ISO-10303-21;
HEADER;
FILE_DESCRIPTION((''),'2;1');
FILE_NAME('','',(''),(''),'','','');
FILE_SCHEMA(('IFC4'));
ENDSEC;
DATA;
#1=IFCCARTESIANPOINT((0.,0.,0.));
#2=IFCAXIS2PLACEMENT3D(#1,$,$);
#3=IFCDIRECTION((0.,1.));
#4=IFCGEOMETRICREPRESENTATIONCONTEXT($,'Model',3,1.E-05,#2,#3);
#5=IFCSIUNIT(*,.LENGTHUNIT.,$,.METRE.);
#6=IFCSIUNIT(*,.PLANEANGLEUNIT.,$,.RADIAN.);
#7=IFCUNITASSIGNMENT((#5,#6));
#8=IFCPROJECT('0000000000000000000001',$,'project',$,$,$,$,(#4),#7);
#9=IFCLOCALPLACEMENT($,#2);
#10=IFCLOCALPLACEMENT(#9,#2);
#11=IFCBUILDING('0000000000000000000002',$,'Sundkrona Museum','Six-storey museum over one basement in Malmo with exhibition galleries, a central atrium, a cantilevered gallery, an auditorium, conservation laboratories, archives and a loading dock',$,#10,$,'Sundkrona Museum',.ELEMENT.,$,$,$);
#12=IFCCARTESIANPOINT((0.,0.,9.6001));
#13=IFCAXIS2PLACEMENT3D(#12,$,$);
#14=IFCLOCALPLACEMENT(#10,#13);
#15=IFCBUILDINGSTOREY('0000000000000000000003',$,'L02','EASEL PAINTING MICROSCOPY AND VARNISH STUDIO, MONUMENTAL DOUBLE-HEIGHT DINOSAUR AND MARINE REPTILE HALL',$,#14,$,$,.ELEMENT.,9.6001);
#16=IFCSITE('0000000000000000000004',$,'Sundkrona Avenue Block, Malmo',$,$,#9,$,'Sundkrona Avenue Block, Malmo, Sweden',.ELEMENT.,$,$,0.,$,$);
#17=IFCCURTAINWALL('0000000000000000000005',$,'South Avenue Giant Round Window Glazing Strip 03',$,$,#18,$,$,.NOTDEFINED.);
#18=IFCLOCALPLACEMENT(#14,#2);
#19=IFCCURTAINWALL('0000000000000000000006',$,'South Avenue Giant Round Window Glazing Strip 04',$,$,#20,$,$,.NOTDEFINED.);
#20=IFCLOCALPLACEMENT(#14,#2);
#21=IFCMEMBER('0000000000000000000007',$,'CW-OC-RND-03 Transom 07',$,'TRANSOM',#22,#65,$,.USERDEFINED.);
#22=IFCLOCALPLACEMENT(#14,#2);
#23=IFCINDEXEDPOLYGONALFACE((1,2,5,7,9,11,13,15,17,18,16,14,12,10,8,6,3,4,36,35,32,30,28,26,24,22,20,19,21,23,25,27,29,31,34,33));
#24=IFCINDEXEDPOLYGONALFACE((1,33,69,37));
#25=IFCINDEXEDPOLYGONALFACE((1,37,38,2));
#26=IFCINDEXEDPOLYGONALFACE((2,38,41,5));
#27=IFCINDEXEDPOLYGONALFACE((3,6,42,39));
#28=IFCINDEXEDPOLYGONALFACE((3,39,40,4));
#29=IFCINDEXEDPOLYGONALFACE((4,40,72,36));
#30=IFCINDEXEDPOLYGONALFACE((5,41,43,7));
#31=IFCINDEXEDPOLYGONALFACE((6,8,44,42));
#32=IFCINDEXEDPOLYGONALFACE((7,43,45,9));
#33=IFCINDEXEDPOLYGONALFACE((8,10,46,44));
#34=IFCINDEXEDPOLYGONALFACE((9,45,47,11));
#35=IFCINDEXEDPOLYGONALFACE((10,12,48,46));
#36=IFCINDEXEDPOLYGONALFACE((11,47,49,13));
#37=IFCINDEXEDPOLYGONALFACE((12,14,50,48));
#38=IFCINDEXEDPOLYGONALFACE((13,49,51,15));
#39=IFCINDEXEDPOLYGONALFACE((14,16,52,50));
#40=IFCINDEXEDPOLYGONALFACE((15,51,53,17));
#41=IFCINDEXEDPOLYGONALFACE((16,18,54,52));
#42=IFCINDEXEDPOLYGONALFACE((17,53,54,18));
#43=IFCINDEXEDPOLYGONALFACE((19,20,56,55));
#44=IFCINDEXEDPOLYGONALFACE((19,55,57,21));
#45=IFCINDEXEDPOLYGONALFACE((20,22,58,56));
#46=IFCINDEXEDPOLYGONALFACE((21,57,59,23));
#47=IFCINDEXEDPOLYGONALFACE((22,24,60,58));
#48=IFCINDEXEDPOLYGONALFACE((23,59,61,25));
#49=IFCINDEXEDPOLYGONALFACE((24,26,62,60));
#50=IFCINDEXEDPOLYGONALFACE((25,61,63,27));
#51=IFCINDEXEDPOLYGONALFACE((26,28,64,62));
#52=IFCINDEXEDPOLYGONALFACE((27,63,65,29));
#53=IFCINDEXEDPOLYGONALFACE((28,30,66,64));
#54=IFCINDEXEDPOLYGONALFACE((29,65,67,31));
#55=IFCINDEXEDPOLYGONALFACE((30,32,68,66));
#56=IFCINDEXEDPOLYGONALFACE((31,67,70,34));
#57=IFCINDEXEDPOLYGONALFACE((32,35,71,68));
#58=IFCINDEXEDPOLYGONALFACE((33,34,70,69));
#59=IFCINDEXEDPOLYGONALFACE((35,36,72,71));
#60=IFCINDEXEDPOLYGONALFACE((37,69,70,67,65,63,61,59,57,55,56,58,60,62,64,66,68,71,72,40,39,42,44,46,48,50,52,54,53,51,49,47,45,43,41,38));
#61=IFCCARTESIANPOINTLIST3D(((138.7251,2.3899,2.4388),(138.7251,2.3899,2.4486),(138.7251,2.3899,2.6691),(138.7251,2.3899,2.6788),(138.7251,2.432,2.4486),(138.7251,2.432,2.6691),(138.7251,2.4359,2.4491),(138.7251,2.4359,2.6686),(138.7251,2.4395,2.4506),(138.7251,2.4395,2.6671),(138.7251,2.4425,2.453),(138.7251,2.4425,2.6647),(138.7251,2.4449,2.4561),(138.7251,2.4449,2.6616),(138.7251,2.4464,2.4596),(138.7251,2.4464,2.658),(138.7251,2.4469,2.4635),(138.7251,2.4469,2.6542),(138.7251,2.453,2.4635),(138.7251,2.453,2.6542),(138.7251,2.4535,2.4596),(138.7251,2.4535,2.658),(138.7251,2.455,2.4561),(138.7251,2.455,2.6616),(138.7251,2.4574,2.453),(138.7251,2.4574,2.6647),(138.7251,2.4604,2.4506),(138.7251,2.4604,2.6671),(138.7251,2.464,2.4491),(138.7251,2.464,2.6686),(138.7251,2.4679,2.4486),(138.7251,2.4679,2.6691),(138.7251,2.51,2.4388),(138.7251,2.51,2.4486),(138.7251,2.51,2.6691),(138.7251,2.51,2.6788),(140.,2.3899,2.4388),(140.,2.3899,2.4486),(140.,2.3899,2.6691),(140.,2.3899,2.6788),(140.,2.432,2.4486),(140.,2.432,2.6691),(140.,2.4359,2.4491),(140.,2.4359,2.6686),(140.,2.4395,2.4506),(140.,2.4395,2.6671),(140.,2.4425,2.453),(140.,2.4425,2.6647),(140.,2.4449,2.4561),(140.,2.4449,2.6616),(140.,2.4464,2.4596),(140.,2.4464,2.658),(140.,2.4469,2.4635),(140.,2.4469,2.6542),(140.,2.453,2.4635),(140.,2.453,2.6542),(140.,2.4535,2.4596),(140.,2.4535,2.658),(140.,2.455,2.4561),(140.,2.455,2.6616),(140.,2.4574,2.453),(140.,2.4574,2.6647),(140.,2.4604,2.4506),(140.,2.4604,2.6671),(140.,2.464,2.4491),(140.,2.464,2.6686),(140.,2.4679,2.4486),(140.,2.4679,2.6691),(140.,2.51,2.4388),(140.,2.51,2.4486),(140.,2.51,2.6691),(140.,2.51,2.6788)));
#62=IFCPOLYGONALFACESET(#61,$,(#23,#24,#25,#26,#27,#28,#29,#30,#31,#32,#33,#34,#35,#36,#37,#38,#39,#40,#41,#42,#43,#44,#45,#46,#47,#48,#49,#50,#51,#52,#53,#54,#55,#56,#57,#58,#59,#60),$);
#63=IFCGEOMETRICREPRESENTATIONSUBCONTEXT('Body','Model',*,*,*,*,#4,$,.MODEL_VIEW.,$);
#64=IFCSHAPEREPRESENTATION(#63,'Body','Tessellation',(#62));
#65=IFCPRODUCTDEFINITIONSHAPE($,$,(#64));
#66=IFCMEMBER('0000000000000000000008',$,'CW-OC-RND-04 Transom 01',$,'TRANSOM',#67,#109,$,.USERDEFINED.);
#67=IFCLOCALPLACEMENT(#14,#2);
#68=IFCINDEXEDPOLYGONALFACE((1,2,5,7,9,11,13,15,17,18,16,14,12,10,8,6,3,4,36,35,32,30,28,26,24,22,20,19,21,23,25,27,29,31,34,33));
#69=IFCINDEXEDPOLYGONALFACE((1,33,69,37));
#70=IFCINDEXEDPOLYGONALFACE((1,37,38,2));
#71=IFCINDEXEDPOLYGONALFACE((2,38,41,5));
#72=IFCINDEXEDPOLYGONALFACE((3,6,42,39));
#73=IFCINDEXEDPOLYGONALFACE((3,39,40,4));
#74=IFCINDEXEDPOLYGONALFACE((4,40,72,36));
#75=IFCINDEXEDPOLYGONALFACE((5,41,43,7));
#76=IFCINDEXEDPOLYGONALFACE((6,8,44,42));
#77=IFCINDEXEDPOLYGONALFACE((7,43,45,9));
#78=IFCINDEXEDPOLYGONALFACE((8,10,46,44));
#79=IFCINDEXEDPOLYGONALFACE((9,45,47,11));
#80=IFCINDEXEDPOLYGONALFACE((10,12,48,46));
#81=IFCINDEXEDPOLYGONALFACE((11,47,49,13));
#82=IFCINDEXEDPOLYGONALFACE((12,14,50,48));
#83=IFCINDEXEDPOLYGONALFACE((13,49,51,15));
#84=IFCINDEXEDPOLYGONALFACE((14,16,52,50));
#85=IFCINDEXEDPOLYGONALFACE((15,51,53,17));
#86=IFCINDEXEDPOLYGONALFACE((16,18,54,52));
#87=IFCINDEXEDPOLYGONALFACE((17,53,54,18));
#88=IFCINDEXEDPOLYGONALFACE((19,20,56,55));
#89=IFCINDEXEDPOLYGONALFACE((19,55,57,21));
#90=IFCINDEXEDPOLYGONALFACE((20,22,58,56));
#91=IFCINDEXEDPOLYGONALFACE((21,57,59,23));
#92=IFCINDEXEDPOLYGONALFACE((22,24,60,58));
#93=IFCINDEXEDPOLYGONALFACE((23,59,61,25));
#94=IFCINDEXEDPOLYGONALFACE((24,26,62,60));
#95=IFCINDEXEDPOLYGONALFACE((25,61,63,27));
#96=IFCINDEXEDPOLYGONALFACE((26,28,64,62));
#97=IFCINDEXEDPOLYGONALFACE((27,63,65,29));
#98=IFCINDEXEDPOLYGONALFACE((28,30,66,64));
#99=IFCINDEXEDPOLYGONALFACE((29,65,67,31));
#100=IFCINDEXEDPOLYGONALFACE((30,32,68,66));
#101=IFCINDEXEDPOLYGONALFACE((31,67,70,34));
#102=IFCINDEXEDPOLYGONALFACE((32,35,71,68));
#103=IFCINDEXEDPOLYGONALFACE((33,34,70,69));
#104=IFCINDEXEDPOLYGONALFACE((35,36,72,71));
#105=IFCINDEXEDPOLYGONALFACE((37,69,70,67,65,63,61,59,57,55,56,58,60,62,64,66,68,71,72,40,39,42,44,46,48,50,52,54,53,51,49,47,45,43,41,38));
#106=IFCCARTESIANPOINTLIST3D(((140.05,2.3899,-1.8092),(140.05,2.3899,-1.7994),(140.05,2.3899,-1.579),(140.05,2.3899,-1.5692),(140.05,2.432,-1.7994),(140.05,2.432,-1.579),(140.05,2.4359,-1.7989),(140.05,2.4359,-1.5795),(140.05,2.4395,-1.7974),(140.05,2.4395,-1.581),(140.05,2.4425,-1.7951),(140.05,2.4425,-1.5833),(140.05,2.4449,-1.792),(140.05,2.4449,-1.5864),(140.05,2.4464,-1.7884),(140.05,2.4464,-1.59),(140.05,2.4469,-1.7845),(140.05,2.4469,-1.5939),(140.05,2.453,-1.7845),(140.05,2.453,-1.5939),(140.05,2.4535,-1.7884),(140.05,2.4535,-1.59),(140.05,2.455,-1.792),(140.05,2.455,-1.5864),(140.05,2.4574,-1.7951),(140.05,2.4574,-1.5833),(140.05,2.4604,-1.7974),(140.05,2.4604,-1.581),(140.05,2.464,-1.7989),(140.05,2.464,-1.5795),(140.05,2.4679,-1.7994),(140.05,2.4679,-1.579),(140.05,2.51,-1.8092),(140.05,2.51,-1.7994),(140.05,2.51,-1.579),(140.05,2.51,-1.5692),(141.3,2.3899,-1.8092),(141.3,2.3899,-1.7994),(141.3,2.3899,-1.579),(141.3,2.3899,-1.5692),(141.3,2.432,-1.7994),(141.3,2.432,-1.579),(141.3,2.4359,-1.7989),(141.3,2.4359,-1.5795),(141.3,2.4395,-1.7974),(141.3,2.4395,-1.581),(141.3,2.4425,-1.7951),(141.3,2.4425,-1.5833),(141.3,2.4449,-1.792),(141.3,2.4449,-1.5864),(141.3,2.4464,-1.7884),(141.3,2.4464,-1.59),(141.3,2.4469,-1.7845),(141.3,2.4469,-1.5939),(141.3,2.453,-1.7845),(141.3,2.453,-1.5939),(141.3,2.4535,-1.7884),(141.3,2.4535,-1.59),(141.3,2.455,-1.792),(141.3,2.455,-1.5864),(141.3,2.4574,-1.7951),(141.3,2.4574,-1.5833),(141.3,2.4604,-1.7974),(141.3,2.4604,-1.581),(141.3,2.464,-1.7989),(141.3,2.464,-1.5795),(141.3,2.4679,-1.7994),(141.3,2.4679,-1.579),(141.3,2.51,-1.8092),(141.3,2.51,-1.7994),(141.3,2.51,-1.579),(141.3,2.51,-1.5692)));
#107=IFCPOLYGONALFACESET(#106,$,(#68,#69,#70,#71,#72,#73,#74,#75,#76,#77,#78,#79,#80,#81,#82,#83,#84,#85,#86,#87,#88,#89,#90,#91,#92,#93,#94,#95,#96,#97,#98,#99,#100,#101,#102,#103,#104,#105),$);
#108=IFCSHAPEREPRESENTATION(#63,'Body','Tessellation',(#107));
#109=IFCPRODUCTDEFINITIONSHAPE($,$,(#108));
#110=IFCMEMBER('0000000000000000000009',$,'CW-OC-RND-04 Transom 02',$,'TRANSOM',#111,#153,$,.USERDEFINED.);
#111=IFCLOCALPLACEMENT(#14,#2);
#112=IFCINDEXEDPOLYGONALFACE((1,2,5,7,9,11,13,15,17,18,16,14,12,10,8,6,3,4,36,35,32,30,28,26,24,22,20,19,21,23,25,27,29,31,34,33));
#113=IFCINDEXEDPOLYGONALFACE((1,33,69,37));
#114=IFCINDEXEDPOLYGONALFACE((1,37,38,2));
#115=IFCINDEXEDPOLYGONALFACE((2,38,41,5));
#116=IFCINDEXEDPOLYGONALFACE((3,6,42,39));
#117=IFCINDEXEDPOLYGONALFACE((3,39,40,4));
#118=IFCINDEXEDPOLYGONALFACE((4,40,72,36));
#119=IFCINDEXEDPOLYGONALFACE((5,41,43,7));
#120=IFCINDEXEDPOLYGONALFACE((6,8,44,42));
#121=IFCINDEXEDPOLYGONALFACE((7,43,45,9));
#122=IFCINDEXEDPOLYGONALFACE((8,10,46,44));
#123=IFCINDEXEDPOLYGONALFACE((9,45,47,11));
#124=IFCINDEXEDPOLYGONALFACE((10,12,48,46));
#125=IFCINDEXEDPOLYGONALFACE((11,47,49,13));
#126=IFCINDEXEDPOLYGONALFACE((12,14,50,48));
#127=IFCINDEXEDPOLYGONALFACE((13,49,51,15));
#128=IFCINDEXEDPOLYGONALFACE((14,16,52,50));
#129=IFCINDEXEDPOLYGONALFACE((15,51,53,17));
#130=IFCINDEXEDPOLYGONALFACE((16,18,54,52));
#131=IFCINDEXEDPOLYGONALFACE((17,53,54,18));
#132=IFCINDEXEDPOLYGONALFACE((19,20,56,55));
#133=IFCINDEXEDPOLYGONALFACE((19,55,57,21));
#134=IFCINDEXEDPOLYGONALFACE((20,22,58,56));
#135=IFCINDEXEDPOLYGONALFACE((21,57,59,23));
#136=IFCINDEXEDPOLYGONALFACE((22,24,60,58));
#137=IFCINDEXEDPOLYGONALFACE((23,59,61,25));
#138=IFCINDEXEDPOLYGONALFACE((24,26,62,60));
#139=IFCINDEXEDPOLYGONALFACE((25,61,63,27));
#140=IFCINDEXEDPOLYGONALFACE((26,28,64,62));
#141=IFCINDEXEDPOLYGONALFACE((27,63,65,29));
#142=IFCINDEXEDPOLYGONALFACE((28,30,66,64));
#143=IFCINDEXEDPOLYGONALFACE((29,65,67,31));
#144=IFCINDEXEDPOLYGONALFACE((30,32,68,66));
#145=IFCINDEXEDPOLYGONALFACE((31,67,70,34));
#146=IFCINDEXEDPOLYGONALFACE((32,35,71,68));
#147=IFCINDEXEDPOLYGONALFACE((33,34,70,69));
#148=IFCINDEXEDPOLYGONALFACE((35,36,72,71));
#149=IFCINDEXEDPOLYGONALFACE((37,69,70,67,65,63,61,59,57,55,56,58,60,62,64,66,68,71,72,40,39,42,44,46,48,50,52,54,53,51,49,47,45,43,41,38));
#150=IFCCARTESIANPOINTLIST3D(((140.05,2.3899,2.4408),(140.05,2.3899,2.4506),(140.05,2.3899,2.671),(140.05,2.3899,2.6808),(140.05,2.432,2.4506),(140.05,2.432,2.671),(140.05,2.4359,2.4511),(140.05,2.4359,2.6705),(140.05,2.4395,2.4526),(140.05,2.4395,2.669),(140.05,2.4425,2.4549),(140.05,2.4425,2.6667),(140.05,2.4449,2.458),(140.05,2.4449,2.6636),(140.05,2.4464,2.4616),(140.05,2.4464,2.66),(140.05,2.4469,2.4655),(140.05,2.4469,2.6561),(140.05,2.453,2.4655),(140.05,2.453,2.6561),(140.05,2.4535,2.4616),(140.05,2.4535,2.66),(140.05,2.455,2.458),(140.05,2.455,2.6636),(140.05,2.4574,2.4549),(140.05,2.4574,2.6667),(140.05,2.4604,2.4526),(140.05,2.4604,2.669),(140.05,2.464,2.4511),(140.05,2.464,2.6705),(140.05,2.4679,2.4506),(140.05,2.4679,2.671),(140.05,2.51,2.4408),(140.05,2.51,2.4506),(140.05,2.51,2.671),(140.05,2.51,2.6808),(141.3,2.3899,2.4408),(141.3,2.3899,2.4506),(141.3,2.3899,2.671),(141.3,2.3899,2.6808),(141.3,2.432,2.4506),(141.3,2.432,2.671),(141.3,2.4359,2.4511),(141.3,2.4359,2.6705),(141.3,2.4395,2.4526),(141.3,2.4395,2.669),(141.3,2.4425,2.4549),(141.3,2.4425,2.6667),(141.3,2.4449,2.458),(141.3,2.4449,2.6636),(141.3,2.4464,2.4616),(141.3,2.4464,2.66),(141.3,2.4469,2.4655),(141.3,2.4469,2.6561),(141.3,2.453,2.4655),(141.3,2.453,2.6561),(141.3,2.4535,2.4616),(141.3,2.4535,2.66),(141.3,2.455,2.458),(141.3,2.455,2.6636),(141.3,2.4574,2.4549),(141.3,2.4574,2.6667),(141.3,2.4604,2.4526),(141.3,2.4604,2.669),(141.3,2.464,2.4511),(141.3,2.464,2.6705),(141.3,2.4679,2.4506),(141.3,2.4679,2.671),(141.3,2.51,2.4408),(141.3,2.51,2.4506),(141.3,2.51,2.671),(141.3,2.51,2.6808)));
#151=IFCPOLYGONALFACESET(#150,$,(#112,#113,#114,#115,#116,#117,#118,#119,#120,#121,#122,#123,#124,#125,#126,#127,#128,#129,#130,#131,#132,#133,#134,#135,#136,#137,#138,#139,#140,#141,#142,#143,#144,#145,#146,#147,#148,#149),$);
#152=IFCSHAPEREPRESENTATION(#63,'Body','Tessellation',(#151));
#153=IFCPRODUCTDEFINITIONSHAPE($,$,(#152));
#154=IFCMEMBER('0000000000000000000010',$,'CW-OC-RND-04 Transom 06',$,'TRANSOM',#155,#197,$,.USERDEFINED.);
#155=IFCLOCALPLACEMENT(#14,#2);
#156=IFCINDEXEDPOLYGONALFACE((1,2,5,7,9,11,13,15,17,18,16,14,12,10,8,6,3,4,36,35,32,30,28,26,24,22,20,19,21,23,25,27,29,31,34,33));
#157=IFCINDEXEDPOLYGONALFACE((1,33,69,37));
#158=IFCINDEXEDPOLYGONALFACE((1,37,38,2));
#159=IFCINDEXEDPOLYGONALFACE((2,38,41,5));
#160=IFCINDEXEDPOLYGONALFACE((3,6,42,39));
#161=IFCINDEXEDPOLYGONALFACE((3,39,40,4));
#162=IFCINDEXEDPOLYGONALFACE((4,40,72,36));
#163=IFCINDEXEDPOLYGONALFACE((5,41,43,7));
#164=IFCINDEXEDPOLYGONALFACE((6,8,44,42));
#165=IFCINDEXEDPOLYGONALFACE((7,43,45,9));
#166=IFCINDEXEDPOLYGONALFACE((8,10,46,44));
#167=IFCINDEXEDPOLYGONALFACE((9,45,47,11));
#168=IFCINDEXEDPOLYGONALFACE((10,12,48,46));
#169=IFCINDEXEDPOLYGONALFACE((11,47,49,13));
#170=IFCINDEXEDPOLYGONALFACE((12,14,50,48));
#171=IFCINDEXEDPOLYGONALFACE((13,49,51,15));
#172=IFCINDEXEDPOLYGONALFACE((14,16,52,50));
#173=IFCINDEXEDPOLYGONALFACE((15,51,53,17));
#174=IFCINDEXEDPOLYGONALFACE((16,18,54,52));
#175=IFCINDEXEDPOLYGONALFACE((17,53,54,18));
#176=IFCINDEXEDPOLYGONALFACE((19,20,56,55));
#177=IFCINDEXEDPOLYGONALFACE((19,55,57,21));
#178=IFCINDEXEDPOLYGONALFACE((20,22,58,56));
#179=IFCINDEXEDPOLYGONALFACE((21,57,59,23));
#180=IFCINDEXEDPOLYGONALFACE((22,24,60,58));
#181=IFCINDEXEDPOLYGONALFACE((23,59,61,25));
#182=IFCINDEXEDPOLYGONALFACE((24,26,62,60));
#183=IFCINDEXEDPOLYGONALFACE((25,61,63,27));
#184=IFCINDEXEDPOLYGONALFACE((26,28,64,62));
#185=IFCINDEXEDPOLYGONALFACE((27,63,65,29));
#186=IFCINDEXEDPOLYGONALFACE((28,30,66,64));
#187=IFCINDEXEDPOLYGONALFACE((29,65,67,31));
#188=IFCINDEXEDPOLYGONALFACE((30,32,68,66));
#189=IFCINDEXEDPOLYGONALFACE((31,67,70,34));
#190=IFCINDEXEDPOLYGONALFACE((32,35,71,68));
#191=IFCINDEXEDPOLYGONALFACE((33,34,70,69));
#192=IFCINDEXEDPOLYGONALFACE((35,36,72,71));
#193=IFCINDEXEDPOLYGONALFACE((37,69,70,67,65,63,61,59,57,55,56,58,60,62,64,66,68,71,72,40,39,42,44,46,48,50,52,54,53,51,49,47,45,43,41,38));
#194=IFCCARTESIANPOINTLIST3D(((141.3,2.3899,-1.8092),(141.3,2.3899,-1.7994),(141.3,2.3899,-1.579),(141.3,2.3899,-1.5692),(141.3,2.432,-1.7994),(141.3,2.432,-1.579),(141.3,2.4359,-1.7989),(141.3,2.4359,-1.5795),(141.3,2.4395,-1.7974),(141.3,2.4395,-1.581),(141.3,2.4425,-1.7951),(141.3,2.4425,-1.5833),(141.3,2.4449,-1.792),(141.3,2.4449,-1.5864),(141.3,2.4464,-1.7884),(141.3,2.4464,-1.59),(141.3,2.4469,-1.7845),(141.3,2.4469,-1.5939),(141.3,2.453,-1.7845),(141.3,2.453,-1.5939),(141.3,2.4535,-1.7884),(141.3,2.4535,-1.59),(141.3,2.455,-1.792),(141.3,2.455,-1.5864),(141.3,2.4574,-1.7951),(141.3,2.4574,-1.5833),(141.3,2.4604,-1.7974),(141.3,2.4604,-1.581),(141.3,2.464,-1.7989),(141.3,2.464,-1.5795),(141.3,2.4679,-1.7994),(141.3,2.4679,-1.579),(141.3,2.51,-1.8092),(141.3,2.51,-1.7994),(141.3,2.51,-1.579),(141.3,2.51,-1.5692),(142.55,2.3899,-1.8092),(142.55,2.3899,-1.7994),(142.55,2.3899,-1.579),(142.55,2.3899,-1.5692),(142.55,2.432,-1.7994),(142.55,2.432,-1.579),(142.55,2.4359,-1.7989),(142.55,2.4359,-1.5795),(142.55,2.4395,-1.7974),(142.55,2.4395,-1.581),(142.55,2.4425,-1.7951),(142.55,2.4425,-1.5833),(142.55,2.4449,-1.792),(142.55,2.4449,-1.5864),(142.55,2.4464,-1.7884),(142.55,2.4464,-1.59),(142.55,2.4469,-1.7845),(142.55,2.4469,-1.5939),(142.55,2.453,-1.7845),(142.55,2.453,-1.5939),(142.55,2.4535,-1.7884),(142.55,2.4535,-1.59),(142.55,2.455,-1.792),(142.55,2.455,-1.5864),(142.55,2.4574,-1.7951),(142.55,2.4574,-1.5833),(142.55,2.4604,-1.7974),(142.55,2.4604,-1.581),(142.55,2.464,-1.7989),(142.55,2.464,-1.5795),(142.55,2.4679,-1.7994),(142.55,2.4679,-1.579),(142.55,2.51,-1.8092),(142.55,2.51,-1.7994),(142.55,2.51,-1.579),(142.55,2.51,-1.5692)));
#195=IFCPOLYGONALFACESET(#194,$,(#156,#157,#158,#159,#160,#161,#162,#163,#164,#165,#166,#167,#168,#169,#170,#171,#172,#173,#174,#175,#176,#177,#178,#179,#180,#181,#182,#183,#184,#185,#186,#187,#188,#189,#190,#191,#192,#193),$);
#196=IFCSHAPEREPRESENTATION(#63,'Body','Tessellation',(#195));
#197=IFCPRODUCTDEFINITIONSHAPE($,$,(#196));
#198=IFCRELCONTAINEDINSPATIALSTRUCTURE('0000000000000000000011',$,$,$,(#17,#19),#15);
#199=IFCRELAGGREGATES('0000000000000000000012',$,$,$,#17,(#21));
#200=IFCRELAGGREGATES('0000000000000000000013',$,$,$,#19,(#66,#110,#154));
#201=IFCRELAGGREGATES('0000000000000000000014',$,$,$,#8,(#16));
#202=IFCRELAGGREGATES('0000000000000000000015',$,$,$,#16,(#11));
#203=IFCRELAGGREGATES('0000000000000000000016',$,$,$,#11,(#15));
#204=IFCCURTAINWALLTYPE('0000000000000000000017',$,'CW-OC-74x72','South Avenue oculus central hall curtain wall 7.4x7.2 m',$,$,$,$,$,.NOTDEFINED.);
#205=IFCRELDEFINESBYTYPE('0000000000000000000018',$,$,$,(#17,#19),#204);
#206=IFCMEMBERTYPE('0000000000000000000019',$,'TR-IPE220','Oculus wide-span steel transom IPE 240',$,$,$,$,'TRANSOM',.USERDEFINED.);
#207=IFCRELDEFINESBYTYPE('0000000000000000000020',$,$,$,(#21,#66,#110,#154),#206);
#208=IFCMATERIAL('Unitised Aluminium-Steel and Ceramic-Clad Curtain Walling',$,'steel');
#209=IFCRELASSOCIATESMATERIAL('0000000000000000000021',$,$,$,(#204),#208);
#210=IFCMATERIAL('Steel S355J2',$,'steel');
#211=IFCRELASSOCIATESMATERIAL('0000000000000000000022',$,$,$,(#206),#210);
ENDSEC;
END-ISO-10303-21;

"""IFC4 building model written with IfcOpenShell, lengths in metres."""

from ifc_helpers import new_model, si_unit, direction, frame, origin, origin_2d, place, context, subcontext, project, spatial, i_section, extrude, material, material_profile, profile_set, type_object, element, aggregate, save


model = new_model("IFC4")

# Units and contexts
model_context = context("Model", 3, precision=1e-05, world=origin(), true_north=direction((0.0, 1.0)))
body_context = subcontext(model_context, "Body", "Model", "MODEL_VIEW")
ifc_project = project(units=[si_unit("LENGTHUNIT", "METRE"), si_unit("PLANEANGLEUNIT", "RADIAN")], contexts=[model_context])

# Site, building, storey
site_placement = place(None, origin())
site = spatial("IfcSite", under=ifc_project, at=site_placement, Name="Sundkrona Avenue Block, Malmo", LongName="Sundkrona Avenue Block, Malmo, Sweden", CompositionType="ELEMENT", RefElevation=0.0)
building_placement = place(site_placement, origin())
building = spatial("IfcBuilding", under=site, at=building_placement, Name="Sundkrona Museum", Description="Six-storey museum over one basement in Malmo with exhibition galleries, a central atrium, a cantilevered gallery, an auditorium, conservation laboratories, archives and a loading dock", LongName="Sundkrona Museum", CompositionType="ELEMENT")
storey_placement = place(building_placement, frame((0.0, 0.0, 9.6001)))
storey = spatial("IfcBuildingStorey", under=building, at=storey_placement, Name="L02", Description="EASEL PAINTING MICROSCOPY AND VARNISH STUDIO, MONUMENTAL DOUBLE-HEIGHT DINOSAUR AND MARINE REPTILE HALL", CompositionType="ELEMENT", Elevation=9.6001)

# Shared definitions
ifc_material_1 = material(Name="Steel S355J2", Category="steel")

# Curtain walls
ifc_material_2 = material(Name="Unitised Aluminium-Steel and Ceramic-Clad Curtain Walling", Category="steel")
curtain_wall_type = type_object("IfcCurtainWallType", Name="CW-OC-74x72", Description="South Avenue oculus central hall curtain wall 7.4x7.2 m", PredefinedType="NOTDEFINED", material=ifc_material_2)
curtain_wall_1_placement = place(storey_placement, origin())
curtain_wall_1 = element("IfcCurtainWall", 1, at=curtain_wall_1_placement, inside=storey, type_object=curtain_wall_type, Name="South Avenue Giant Round Window Glazing Strip 03", PredefinedType="NOTDEFINED")
curtain_wall_2_placement = place(storey_placement, origin())
curtain_wall_2 = element("IfcCurtainWall", 2, at=curtain_wall_2_placement, inside=storey, type_object=curtain_wall_type, Name="South Avenue Giant Round Window Glazing Strip 04", PredefinedType="NOTDEFINED")

# Members
ifc_material_profile_1 = material_profile(ifc_material_1, i_section(OverallWidth=0.1201, OverallDepth=0.24, WebThickness=0.0061, FlangeThickness=0.0098, FilletRadius=0.0149, at=origin_2d()), Name="IPE 240")
ifc_profile_set_1 = profile_set([ifc_material_profile_1], Name="Steel S355J2")
member_type_1 = type_object("IfcMemberType", Name="TR-IPE220", Description="Oculus wide-span steel transom IPE 240", ElementType="TRANSOM", PredefinedType="USERDEFINED", material=ifc_profile_set_1)
member_1_placement = place(storey_placement, frame((138.7251, 2.45, 2.5588), z_axis=(1.0, 0.0, 0.0), x_axis=(0.0, 1.0, 0.0)))
member_1 = element("IfcMember", 3, at=member_1_placement, type_object=member_type_1, Name="CW-OC-RND-03 Transom 07", ObjectType="TRANSOM", PredefinedType="USERDEFINED", context=body_context, shape_type="SweptSolid", body=[
    extrude(i_section(OverallWidth=0.1201, OverallDepth=0.24, WebThickness=0.0061, FlangeThickness=0.0098, FilletRadius=0.0149, at=origin_2d()), origin(), (0.0, 0.0, 1.0), 1.2749),
])
member_2_placement = place(storey_placement, frame((140.05, 2.45, -1.6892), z_axis=(1.0, 0.0, 0.0), x_axis=(0.0, 1.0, 0.0)))
member_2 = element("IfcMember", 4, at=member_2_placement, type_object=member_type_1, Name="CW-OC-RND-04 Transom 01", ObjectType="TRANSOM", PredefinedType="USERDEFINED", context=body_context, shape_type="SweptSolid", body=[
    extrude(i_section(OverallWidth=0.1201, OverallDepth=0.24, WebThickness=0.0061, FlangeThickness=0.0098, FilletRadius=0.0149, at=origin_2d()), origin(), (0.0, 0.0, 1.0), 1.25),
])
member_3_placement = place(storey_placement, frame((140.05, 2.45, 2.5608), z_axis=(1.0, 0.0, 0.0), x_axis=(0.0, 1.0, 0.0)))
member_3 = element("IfcMember", 5, at=member_3_placement, type_object=member_type_1, Name="CW-OC-RND-04 Transom 02", ObjectType="TRANSOM", PredefinedType="USERDEFINED", context=body_context, shape_type="SweptSolid", body=[
    extrude(i_section(OverallWidth=0.1201, OverallDepth=0.24, WebThickness=0.0061, FlangeThickness=0.0098, FilletRadius=0.0149, at=origin_2d()), origin(), (0.0, 0.0, 1.0), 1.25),
])
member_4_placement = place(storey_placement, frame((141.3, 2.45, -1.6892), z_axis=(1.0, 0.0, 0.0), x_axis=(0.0, 1.0, 0.0)))
member_4 = element("IfcMember", 6, at=member_4_placement, type_object=member_type_1, Name="CW-OC-RND-04 Transom 06", ObjectType="TRANSOM", PredefinedType="USERDEFINED", context=body_context, shape_type="SweptSolid", body=[
    extrude(i_section(OverallWidth=0.1201, OverallDepth=0.24, WebThickness=0.0061, FlangeThickness=0.0098, FilletRadius=0.0149, at=origin_2d()), origin(), (0.0, 0.0, 1.0), 1.25),
])

aggregate(curtain_wall_1, [member_1])
aggregate(curtain_wall_2, [member_2, member_3, member_4])

save(model, "model.ifc")
